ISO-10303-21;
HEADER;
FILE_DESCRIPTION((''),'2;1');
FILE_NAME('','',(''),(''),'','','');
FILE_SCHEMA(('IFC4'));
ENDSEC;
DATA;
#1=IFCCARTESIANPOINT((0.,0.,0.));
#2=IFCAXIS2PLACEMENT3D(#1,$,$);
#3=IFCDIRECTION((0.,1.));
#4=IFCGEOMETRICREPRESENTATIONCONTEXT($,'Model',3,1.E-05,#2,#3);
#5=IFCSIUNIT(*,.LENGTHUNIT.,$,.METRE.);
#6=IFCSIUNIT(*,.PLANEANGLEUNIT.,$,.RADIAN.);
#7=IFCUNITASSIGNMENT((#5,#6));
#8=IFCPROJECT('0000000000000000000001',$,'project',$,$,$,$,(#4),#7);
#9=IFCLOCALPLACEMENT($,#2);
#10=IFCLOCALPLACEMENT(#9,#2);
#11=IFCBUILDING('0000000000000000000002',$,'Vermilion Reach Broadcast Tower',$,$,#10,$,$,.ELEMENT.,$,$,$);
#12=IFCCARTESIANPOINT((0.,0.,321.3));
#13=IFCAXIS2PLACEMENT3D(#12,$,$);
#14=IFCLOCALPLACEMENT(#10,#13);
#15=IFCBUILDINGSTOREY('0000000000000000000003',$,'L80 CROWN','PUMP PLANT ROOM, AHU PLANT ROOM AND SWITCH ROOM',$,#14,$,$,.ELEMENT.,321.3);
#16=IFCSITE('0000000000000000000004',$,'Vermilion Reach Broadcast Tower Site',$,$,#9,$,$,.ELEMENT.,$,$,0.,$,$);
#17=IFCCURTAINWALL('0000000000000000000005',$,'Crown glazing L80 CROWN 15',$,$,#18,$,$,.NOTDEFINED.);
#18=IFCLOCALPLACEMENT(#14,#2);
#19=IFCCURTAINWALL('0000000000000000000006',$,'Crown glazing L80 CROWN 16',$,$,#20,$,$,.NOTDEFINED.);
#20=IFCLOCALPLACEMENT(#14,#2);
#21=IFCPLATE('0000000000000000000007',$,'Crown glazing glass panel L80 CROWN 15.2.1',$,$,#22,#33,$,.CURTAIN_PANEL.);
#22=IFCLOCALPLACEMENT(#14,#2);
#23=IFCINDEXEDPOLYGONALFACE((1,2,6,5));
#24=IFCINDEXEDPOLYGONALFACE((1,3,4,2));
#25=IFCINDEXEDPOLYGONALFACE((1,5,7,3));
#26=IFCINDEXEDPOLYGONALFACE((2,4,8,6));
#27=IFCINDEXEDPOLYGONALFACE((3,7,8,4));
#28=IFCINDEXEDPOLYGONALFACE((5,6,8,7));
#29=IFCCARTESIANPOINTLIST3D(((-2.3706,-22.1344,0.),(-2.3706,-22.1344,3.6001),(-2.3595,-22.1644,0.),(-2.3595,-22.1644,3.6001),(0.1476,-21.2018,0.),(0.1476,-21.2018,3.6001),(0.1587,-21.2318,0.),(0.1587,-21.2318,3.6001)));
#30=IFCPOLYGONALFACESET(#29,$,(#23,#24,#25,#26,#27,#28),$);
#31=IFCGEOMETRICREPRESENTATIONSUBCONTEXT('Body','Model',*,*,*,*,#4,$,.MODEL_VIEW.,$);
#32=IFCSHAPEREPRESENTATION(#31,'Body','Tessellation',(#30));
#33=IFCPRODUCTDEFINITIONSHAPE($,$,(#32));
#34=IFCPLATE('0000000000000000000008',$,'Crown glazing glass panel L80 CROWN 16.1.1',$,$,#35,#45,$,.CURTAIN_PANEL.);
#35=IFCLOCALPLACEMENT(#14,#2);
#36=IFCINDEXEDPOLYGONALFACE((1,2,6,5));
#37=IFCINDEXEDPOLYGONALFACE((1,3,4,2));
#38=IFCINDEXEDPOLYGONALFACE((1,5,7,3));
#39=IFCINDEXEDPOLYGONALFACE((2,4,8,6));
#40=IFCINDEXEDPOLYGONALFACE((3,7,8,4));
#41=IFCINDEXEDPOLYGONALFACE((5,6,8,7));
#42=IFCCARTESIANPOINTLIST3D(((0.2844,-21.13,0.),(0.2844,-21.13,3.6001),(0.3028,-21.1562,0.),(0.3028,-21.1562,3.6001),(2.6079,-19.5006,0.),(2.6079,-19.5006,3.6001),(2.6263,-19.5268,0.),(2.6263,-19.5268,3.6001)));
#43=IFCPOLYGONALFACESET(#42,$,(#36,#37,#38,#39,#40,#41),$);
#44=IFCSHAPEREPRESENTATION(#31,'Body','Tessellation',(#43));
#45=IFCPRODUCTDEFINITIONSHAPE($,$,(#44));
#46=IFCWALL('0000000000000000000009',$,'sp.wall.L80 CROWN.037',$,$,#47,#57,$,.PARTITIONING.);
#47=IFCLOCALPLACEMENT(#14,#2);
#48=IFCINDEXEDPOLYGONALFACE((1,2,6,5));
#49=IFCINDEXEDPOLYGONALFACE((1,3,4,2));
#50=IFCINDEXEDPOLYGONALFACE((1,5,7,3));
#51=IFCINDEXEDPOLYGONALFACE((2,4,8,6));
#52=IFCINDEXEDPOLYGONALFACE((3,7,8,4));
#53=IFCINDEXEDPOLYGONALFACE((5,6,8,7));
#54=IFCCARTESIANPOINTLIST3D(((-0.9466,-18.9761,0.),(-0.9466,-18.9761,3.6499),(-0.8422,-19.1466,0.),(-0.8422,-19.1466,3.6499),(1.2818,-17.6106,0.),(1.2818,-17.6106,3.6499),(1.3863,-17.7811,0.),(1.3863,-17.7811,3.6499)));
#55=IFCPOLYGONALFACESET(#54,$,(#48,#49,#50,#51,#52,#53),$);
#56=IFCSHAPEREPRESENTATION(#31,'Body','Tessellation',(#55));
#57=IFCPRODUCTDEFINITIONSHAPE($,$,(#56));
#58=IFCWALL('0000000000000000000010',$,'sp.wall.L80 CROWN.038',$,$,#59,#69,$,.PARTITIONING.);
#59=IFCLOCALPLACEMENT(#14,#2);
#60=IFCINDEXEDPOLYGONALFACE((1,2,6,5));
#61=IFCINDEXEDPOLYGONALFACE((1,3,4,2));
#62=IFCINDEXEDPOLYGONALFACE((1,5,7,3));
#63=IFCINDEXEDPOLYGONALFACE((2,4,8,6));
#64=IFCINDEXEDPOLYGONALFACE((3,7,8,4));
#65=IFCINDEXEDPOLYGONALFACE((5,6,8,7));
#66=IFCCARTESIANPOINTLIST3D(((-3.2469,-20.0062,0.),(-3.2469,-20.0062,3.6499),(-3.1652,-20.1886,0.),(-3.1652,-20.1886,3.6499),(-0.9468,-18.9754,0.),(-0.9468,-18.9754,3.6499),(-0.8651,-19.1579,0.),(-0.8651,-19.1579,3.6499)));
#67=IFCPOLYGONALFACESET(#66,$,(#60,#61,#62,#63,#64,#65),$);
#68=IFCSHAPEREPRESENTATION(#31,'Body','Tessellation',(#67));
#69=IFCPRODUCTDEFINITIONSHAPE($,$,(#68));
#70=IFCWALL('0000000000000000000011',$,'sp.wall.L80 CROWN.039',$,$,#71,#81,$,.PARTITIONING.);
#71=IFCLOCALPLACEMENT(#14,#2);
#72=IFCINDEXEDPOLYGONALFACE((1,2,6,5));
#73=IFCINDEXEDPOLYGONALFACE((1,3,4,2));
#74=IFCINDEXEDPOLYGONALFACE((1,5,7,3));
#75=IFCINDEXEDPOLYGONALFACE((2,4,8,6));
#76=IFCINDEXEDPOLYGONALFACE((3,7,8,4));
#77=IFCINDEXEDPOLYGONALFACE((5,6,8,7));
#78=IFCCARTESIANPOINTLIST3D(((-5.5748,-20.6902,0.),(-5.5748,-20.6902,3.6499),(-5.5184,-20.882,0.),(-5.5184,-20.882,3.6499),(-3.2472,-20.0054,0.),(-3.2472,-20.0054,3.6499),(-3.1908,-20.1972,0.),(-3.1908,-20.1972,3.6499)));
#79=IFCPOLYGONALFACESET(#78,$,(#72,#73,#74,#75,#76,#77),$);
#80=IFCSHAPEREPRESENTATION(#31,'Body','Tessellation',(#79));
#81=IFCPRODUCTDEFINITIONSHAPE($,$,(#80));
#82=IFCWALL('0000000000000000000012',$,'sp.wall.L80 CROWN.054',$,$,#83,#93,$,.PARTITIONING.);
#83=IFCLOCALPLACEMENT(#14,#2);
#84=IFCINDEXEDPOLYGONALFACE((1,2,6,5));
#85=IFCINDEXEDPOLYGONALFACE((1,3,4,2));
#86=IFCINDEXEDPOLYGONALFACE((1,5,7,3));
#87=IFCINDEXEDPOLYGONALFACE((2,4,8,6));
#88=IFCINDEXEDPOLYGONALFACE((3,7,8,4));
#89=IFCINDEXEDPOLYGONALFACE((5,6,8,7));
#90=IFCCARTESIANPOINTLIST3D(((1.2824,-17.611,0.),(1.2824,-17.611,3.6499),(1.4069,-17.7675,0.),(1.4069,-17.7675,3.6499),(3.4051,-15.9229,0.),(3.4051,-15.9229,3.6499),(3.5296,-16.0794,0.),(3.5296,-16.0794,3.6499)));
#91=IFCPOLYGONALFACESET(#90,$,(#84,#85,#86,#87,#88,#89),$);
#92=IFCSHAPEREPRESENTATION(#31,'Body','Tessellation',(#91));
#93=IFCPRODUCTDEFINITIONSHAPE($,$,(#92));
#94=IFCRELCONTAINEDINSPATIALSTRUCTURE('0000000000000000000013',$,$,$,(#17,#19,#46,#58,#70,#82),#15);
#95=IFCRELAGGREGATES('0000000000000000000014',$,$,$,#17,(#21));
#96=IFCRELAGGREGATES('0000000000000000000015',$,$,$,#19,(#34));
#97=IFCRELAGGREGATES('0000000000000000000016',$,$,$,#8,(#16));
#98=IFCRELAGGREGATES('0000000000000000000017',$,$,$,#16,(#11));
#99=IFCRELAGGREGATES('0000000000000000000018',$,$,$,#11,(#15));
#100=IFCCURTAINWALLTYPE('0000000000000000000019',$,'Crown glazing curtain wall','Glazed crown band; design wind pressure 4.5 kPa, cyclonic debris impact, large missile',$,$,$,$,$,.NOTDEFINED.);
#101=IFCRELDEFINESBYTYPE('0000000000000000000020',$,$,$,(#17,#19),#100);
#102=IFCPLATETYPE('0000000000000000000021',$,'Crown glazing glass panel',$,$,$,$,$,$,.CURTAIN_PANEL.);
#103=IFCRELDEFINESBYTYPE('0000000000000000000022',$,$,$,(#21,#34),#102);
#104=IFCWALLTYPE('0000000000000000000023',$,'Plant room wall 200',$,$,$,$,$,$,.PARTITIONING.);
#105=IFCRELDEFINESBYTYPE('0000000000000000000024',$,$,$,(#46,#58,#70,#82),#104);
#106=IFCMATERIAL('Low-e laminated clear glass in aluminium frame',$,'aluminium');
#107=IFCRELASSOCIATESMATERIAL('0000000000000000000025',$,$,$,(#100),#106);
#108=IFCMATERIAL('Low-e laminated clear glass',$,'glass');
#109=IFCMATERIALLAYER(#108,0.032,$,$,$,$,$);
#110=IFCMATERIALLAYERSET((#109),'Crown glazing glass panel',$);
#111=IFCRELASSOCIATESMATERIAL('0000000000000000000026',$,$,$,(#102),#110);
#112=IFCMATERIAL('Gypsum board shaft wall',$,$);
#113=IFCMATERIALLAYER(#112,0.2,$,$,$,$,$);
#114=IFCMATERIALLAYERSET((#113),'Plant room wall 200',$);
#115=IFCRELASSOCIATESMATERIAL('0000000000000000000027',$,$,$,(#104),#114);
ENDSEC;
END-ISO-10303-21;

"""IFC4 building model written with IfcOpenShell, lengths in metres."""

from ifc_helpers import new_model, si_unit, direction, frame, frame_2d, origin, origin_2d, place, context, subcontext, project, spatial, rectangle, extrude, material, layer, layer_set, type_object, element, aggregate, save


model = new_model("IFC4")

# Units and contexts
model_context = context("Model", 3, precision=1e-05, world=origin(), true_north=direction((0.0, 1.0)))
body_context = subcontext(model_context, "Body", "Model", "MODEL_VIEW")
ifc_project = project(units=[si_unit("LENGTHUNIT", "METRE"), si_unit("PLANEANGLEUNIT", "RADIAN")], contexts=[model_context])

# Site, building, storey
site_placement = place(None, origin())
site = spatial("IfcSite", under=ifc_project, at=site_placement, Name="Vermilion Reach Broadcast Tower Site", CompositionType="ELEMENT", RefElevation=0.0)
building_placement = place(site_placement, origin())
building = spatial("IfcBuilding", under=site, at=building_placement, Name="Vermilion Reach Broadcast Tower", CompositionType="ELEMENT")
storey_placement = place(building_placement, frame((0.0, 0.0, 321.3)))
storey = spatial("IfcBuildingStorey", under=building, at=storey_placement, Name="L80 CROWN", Description="PUMP PLANT ROOM, AHU PLANT ROOM AND SWITCH ROOM", CompositionType="ELEMENT", Elevation=321.3)

# Shared definitions
ifc_material_1 = material(Name="Low-e laminated clear glass in aluminium frame", Category="aluminium")
curtain_wall_type = type_object("IfcCurtainWallType", Name="Crown glazing curtain wall", Description="Glazed crown band; design wind pressure 4.5 kPa, cyclonic debris impact, large missile", PredefinedType="NOTDEFINED", material=ifc_material_1)
placement = place(storey_placement, origin())

# Curtain walls
curtain_wall_1 = element("IfcCurtainWall", 1, at=placement, inside=storey, type_object=curtain_wall_type, Name="Crown glazing L80 CROWN 15", PredefinedType="NOTDEFINED")
curtain_wall_2 = element("IfcCurtainWall", 2, at=placement, inside=storey, type_object=curtain_wall_type, Name="Crown glazing L80 CROWN 16", PredefinedType="NOTDEFINED")

# Plates
ifc_material_2 = material(Name="Low-e laminated clear glass", Category="glass")
ifc_layer_1 = layer(ifc_material_2, 0.032)
ifc_layer_set_1 = layer_set([ifc_layer_1], Name="Crown glazing glass panel")
plate_type = type_object("IfcPlateType", Name="Crown glazing glass panel", PredefinedType="CURTAIN_PANEL", material=ifc_layer_set_1)
plate_1_placement = place(storey_placement, frame((-1.106, -21.6831, 0.0), z_axis=(0.0, 0.0, 1.0), x_axis=(0.937757, 0.347291, 0.0)))
plate_1 = element("IfcPlate", 3, at=plate_1_placement, type_object=plate_type, Name="Crown glazing glass panel L80 CROWN 15.2.1", PredefinedType="CURTAIN_PANEL", context=body_context, shape_type="SweptSolid", body=[
    extrude(rectangle(XDim=2.6853, YDim=0.032, at=origin_2d()), origin(), (0.0, 0.0, 1.0), 3.6001),
])
aggregate(curtain_wall_1, [plate_1])
plate_2_placement = place(storey_placement, frame((1.4553, -20.3284, 0.0), z_axis=(0.0, 0.0, 1.0), x_axis=(0.81874, 0.574164, 0.0)))
plate_2 = element("IfcPlate", 4, at=plate_2_placement, type_object=plate_type, Name="Crown glazing glass panel L80 CROWN 16.1.1", PredefinedType="CURTAIN_PANEL", context=body_context, shape_type="SweptSolid", body=[
    extrude(rectangle(XDim=2.8379, YDim=0.032, at=origin_2d()), origin(), (0.0, 0.0, 1.0), 3.6001),
])
aggregate(curtain_wall_2, [plate_2])

# Walls
ifc_material_3 = material(Name="Gypsum board shaft wall")
ifc_layer_2 = layer(ifc_material_3, 0.2)
ifc_layer_set_2 = layer_set([ifc_layer_2], Name="Plant room wall 200")
wall_type = type_object("IfcWallType", Name="Plant room wall 200", PredefinedType="PARTITIONING", material=ifc_layer_set_2)
wall_1_placement = place(storey_placement, frame((-0.8943, -19.0613, 0.0), z_axis=(0.0, 0.0, 1.0), x_axis=(0.852667, 0.522455, 0.0)))
element("IfcWall", 5, at=wall_1_placement, inside=storey, type_object=wall_type, Name="sp.wall.L80 CROWN.037", PredefinedType="PARTITIONING", context=body_context, shape_type="SweptSolid", body=[
    extrude(rectangle(XDim=2.6135, YDim=0.2, at=frame_2d((1.3066, 0.0))), origin(), (0.0, 0.0, 1.0), 3.6499),
])
wall_2_placement = place(storey_placement, frame((-3.2061, -20.0974, 0.0), z_axis=(0.0, 0.0, 1.0), x_axis=(0.912553, 0.408959, 0.0)))
element("IfcWall", 6, at=wall_2_placement, inside=storey, type_object=wall_type, Name="sp.wall.L80 CROWN.038", PredefinedType="PARTITIONING", context=body_context, shape_type="SweptSolid", body=[
    extrude(rectangle(XDim=2.5205, YDim=0.2, at=frame_2d((1.2603, 0.0))), origin(), (0.0, 0.0, 1.0), 3.6499),
])
wall_3_placement = place(storey_placement, frame((-5.5466, -20.7861, 0.0), z_axis=(0.0, 0.0, 1.0), x_axis=(0.959341, 0.282248, 0.0)))
element("IfcWall", 7, at=wall_3_placement, inside=storey, type_object=wall_type, Name="sp.wall.L80 CROWN.039", PredefinedType="PARTITIONING", context=body_context, shape_type="SweptSolid", body=[
    extrude(rectangle(XDim=2.4263, YDim=0.2, at=frame_2d((1.2131, 0.0))), origin(), (0.0, 0.0, 1.0), 3.6499),
])
wall_4_placement = place(storey_placement, frame((1.3447, -17.6892, 0.0), z_axis=(0.0, 0.0, 1.0), x_axis=(0.782666, 0.622442, 0.0)))
element("IfcWall", 8, at=wall_4_placement, inside=storey, type_object=wall_type, Name="sp.wall.L80 CROWN.054", PredefinedType="PARTITIONING", context=body_context, shape_type="SweptSolid", body=[
    extrude(rectangle(XDim=2.7122, YDim=0.2, at=frame_2d((1.356, 0.0))), origin(), (0.0, 0.0, 1.0), 3.6499),
])

save(model, "model.ifc")
